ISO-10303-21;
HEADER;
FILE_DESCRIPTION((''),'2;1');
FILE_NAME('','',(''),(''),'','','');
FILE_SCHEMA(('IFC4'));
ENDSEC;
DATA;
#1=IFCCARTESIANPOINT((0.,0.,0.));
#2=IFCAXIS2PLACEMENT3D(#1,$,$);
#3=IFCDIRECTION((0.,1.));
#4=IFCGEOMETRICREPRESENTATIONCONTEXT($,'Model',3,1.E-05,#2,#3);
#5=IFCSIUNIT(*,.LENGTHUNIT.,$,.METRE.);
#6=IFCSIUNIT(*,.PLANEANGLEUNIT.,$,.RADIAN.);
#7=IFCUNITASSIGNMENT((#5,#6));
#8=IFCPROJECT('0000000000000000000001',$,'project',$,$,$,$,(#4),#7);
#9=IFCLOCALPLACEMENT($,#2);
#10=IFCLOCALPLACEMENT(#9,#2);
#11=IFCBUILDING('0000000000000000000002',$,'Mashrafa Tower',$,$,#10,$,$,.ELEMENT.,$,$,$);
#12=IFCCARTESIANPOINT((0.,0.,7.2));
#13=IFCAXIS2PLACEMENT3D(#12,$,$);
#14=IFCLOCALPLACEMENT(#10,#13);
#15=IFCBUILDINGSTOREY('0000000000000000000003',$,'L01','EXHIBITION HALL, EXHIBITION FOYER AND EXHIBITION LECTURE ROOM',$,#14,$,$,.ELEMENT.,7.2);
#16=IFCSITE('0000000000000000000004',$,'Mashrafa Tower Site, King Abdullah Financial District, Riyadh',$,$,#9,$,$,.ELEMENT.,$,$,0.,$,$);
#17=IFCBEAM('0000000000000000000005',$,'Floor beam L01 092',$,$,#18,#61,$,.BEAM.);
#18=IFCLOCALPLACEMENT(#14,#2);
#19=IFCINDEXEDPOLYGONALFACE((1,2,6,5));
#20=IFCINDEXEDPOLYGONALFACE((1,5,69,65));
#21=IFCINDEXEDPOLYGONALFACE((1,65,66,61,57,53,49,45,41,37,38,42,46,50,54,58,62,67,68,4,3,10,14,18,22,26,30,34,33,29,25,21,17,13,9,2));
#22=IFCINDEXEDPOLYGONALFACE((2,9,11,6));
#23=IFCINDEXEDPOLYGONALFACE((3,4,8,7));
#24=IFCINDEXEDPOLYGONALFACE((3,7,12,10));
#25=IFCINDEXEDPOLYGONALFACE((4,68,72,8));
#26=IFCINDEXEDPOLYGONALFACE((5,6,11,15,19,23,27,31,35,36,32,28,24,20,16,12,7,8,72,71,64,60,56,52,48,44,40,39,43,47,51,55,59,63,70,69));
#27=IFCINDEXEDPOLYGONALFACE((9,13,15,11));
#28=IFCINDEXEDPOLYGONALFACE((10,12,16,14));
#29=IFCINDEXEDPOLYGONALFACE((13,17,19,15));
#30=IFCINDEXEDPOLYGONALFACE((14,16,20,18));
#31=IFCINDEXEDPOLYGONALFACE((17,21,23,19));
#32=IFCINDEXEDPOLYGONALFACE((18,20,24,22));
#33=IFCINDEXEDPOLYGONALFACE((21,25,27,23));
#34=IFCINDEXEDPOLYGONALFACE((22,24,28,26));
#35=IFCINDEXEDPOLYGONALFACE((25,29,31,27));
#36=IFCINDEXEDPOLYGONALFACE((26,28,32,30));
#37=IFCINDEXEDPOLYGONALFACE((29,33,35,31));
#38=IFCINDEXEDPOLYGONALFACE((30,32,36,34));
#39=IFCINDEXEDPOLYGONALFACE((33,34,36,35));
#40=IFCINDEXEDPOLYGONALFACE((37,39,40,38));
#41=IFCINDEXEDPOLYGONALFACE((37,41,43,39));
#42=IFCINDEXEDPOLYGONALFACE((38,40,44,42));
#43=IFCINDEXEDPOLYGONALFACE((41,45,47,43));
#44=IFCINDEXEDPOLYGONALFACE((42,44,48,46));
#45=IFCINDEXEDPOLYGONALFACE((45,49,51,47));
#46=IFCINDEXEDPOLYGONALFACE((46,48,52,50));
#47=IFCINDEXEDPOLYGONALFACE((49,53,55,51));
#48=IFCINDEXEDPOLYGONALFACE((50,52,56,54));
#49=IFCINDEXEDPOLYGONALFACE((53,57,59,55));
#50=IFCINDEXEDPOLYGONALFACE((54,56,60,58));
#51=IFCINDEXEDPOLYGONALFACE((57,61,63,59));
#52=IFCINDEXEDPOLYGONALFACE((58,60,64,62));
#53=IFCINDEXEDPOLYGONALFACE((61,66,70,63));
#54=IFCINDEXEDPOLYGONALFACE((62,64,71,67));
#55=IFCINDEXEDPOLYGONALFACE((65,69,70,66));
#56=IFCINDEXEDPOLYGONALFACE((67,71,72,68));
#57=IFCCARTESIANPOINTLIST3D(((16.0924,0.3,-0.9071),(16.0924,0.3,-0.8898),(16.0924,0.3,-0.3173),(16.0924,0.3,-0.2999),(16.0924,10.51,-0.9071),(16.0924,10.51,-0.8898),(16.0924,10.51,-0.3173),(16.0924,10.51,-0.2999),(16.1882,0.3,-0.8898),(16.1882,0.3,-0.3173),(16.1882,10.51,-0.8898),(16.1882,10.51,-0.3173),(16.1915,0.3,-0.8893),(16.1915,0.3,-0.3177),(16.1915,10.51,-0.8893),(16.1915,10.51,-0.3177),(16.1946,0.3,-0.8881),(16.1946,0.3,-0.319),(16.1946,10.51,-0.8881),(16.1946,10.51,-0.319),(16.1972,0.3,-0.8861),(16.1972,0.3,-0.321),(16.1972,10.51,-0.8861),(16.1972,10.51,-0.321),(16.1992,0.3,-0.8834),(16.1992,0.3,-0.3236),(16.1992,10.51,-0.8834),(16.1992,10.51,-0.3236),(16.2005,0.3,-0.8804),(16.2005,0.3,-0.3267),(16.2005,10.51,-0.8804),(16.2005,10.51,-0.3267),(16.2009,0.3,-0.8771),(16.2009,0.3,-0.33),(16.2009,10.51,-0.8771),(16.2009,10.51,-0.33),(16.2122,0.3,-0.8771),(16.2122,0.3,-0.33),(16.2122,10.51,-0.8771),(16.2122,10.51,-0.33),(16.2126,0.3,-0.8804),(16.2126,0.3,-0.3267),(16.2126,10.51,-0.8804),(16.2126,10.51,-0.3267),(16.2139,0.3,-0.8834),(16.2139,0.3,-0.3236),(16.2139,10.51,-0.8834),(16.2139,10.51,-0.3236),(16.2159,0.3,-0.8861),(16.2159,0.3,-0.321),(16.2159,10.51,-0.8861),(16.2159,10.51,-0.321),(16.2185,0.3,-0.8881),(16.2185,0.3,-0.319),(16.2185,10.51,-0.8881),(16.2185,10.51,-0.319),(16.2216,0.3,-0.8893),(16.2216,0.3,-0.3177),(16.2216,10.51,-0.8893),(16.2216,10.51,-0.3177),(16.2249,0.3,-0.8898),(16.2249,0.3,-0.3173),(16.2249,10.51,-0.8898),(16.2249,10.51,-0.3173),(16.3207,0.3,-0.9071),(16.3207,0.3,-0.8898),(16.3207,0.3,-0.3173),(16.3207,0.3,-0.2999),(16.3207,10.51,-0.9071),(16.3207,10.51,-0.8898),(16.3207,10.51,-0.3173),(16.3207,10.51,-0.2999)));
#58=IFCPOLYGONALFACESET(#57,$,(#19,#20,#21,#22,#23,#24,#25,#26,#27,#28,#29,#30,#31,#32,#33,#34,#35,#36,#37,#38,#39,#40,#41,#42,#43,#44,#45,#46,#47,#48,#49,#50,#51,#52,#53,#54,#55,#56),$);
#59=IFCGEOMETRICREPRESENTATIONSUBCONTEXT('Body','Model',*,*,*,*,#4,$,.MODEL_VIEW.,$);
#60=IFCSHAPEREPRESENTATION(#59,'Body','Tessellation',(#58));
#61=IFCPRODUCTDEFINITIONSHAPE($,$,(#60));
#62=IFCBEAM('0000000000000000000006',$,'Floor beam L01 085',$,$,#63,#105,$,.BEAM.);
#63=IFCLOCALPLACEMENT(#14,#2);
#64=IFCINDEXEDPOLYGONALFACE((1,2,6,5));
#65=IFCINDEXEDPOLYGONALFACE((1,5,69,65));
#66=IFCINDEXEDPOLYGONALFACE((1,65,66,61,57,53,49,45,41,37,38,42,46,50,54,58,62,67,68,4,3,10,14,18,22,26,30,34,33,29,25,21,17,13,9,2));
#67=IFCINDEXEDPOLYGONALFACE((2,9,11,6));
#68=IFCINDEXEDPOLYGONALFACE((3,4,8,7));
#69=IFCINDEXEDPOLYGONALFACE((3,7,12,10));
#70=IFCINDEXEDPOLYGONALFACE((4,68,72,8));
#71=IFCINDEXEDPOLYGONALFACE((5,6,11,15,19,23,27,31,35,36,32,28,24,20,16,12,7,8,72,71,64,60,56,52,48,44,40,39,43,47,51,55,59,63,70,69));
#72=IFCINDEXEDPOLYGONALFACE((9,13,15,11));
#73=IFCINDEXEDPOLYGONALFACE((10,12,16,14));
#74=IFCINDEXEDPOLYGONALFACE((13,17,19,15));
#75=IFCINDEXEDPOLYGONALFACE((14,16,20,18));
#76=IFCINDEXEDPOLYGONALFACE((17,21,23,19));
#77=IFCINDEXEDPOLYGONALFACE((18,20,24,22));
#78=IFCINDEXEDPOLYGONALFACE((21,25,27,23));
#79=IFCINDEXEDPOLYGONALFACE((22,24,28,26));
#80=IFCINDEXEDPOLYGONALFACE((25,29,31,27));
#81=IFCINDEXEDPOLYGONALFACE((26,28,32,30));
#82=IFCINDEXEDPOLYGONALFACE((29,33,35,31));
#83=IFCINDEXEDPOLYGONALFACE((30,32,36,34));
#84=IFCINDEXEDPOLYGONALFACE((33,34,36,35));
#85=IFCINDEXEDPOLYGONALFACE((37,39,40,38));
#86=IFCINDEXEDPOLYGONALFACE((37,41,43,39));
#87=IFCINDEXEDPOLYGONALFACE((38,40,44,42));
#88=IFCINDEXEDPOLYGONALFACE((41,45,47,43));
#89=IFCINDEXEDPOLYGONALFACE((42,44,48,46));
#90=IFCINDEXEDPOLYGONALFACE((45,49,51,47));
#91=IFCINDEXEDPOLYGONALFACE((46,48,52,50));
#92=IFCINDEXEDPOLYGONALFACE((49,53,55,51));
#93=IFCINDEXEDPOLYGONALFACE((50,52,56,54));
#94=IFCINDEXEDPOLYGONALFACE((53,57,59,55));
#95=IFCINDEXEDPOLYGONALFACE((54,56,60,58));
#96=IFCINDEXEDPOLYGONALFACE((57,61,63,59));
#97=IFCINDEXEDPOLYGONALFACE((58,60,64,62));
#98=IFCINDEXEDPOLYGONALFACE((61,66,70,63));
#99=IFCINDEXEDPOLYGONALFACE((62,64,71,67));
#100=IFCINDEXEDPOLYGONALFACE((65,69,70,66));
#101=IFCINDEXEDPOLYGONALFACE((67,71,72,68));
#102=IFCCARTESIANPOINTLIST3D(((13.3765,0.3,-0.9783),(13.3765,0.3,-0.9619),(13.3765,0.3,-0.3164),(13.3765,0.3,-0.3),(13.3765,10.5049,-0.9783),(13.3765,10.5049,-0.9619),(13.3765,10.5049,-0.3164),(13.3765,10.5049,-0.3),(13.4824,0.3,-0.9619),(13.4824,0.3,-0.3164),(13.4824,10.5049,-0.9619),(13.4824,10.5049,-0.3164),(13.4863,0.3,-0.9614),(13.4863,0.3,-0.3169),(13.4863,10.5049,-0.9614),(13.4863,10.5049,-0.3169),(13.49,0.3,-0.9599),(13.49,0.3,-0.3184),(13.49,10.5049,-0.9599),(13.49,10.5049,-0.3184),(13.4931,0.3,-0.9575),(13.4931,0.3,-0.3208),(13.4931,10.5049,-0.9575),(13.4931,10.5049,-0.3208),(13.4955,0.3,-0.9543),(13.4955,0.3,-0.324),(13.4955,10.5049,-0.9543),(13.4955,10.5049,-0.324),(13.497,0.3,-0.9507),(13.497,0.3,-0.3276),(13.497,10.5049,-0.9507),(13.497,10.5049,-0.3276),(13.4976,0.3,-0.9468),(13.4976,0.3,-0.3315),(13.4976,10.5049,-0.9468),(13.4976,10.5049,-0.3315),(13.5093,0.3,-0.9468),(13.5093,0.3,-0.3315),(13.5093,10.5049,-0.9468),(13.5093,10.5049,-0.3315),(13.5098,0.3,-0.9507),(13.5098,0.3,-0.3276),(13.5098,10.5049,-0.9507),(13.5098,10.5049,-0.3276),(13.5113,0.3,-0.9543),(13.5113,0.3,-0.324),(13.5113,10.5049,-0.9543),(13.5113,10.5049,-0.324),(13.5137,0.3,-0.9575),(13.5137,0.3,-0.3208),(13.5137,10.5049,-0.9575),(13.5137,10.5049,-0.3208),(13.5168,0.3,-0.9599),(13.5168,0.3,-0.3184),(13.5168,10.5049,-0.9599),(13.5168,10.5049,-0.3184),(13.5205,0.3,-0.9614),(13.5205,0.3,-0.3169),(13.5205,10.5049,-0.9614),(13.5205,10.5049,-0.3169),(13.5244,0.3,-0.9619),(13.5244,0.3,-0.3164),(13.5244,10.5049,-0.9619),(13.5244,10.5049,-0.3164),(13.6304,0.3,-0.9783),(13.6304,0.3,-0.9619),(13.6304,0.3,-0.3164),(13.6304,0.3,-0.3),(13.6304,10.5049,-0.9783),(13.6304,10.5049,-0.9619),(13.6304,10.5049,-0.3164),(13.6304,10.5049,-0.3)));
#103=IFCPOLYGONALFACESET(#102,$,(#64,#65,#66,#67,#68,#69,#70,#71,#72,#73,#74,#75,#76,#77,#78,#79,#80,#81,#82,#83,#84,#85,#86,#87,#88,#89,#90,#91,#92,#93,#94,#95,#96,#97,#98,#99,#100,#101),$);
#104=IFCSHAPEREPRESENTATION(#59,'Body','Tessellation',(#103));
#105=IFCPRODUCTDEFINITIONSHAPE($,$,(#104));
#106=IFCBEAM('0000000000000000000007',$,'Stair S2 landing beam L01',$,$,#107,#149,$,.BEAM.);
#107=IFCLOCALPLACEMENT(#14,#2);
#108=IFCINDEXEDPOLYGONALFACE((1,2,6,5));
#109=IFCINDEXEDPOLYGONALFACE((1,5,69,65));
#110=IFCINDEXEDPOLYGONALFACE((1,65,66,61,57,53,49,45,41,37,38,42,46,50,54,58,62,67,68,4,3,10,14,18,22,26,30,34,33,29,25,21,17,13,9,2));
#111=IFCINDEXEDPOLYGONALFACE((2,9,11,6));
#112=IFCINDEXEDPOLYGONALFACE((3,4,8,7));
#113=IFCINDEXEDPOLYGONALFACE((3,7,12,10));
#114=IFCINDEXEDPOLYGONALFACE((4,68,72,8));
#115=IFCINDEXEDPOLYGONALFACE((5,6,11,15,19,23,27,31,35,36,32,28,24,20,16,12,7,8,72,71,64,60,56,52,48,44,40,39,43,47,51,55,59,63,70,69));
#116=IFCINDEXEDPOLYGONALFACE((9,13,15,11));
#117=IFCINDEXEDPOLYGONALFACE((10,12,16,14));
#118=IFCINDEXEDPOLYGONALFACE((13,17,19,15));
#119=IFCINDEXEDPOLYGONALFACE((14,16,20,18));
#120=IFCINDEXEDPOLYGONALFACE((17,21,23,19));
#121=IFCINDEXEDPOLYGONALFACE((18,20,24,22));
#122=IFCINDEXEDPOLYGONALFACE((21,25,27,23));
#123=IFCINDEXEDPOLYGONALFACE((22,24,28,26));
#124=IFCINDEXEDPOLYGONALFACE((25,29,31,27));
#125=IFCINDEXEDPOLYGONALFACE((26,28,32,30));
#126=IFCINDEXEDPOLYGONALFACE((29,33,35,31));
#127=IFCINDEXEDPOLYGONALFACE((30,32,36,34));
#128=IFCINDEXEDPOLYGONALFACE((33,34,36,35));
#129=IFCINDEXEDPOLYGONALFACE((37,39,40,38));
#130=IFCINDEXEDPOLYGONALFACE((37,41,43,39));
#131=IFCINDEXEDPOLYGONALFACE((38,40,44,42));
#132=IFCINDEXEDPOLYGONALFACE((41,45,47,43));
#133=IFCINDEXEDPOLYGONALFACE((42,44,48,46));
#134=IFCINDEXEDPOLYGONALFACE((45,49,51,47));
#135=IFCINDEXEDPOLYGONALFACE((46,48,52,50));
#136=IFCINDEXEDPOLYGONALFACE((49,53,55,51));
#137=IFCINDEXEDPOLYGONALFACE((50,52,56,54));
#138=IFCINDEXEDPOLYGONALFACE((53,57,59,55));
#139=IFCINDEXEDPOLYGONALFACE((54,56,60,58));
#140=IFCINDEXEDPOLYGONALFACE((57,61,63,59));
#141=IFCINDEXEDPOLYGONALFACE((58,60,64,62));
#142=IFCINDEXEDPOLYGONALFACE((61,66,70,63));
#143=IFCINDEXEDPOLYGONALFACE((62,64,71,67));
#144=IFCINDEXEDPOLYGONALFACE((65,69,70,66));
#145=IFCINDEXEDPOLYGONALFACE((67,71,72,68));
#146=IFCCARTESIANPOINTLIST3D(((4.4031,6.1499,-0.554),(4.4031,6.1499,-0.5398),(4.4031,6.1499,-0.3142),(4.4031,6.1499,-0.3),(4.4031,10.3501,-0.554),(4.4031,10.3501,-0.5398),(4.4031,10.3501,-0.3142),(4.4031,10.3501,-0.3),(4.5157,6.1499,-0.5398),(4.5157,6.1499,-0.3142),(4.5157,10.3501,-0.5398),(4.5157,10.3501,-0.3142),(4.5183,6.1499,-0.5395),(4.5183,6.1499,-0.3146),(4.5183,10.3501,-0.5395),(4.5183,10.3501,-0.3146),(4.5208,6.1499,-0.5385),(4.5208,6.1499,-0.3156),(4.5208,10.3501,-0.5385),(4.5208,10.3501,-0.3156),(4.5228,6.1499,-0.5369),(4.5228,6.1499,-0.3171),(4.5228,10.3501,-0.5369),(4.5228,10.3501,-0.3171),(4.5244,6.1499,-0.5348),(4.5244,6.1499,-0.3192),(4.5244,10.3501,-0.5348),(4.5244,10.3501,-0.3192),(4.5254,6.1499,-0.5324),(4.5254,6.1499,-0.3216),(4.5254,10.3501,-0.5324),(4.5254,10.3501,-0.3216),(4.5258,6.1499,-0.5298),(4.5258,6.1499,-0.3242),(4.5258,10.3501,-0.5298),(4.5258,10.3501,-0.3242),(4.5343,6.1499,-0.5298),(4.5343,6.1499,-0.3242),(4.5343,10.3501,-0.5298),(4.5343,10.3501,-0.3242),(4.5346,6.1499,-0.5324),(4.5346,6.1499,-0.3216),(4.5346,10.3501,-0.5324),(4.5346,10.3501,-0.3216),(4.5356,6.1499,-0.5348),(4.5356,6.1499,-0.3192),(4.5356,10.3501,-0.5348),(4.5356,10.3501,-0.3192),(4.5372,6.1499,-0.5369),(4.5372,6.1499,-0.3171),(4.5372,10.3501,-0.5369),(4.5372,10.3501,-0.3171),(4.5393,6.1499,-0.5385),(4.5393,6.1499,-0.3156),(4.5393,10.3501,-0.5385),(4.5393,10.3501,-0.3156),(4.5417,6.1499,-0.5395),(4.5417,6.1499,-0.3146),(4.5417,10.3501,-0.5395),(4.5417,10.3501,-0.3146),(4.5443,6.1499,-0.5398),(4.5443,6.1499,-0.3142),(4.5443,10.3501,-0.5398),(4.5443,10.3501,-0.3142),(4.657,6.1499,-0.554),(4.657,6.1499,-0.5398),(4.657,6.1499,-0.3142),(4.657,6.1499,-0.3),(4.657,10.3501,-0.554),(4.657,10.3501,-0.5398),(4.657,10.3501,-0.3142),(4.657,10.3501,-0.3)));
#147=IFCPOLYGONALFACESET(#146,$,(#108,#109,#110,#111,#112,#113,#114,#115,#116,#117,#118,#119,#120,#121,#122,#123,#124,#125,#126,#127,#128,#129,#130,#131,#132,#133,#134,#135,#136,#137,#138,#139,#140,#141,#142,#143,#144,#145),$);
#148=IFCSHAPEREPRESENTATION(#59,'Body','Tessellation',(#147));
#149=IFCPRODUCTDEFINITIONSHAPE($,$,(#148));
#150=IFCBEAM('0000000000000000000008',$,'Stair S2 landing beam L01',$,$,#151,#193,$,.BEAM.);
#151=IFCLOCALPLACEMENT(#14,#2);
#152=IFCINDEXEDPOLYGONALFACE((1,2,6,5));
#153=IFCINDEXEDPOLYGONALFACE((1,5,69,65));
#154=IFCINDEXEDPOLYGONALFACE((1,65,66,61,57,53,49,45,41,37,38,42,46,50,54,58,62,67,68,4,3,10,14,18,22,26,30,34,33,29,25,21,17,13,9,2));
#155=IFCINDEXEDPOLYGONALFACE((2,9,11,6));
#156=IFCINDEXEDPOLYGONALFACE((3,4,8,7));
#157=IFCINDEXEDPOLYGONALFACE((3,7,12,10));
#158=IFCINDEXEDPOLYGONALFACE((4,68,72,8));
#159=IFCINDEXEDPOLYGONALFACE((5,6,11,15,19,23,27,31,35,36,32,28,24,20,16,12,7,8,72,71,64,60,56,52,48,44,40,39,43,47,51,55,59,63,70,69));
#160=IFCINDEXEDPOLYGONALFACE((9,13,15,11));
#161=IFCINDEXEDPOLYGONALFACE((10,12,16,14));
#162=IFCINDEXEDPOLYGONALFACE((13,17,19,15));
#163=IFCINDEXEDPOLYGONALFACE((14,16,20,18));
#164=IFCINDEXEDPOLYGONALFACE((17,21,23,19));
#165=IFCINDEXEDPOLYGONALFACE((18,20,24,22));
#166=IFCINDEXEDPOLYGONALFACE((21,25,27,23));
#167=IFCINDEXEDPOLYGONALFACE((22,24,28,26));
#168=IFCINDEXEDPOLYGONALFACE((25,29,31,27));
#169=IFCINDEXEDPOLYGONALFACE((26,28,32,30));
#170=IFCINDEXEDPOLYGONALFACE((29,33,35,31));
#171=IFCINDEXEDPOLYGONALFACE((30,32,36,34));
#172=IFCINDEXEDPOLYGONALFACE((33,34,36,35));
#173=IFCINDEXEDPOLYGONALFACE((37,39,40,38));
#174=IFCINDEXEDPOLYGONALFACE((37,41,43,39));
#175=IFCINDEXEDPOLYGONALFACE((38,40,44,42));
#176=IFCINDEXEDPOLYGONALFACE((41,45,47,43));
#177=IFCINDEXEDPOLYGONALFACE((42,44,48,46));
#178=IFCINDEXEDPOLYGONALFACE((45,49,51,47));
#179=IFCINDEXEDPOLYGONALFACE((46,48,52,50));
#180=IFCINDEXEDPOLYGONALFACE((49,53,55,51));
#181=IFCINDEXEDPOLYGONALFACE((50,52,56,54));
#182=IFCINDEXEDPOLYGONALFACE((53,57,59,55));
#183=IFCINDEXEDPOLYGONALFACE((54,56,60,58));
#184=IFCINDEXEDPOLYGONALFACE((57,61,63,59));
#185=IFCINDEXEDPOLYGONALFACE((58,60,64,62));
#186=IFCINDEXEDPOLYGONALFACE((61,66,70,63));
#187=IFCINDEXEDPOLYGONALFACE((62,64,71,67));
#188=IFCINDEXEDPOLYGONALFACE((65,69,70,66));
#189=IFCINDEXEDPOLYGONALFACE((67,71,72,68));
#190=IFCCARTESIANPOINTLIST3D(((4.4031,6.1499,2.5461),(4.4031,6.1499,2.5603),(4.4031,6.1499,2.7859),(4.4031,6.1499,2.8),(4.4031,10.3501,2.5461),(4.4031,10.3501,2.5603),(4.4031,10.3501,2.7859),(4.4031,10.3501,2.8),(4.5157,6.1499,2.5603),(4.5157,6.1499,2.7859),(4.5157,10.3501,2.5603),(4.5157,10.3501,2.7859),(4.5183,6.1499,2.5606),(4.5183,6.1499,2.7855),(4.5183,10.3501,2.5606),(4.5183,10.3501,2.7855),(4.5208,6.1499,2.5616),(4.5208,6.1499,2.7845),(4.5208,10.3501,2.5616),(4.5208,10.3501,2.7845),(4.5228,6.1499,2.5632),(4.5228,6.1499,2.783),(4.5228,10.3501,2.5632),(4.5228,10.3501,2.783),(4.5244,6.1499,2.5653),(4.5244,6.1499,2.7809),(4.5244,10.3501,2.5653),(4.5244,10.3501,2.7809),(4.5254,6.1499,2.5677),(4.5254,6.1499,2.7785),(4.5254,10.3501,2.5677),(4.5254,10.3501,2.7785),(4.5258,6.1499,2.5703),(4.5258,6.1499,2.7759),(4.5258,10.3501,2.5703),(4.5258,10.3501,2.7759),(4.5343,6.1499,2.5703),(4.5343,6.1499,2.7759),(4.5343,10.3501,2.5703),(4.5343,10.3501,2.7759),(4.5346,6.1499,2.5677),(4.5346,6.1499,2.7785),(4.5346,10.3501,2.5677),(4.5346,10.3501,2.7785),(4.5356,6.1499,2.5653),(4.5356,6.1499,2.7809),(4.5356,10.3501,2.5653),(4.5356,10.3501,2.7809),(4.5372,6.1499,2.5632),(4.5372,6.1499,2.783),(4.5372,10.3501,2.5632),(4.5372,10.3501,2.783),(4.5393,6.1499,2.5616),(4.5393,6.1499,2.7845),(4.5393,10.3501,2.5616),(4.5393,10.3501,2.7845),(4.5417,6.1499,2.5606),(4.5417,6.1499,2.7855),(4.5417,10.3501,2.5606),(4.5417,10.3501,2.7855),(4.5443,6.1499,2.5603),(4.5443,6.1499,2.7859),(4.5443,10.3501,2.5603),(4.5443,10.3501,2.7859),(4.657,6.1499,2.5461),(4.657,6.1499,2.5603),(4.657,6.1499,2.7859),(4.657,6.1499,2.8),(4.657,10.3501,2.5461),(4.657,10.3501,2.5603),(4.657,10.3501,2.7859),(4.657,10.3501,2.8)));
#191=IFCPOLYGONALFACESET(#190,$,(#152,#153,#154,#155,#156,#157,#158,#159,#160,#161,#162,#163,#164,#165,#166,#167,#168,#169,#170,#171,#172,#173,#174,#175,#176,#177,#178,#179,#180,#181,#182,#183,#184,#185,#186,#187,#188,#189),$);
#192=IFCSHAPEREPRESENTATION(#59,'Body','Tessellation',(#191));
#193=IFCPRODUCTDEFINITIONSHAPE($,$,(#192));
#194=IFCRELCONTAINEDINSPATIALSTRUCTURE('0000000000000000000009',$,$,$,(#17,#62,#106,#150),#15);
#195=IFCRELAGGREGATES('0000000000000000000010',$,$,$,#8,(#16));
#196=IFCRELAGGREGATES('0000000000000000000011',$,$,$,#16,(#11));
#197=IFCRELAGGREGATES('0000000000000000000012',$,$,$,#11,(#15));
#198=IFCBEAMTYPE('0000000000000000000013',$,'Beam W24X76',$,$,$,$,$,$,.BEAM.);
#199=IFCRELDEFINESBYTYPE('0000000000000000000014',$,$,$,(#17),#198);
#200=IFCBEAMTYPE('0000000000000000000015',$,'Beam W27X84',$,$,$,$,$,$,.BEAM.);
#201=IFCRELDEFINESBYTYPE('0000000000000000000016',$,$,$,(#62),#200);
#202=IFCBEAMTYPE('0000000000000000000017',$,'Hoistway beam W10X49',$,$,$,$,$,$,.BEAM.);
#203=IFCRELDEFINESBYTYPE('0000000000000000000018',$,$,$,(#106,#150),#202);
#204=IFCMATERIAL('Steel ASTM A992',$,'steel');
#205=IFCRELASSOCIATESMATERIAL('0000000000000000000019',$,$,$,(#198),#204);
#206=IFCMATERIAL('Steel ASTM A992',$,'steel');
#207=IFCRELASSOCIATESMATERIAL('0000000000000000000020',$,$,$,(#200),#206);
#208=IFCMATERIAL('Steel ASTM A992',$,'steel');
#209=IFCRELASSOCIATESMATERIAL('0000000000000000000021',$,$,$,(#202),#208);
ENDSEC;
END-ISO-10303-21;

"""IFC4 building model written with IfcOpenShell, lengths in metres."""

from ifc_helpers import new_model, si_unit, direction, frame, origin, origin_2d, place, context, subcontext, project, spatial, i_section, extrude, material, material_profile, profile_set, type_object, element, save


model = new_model("IFC4")

# Units and contexts
model_context = context("Model", 3, precision=1e-05, world=origin(), true_north=direction((0.0, 1.0)))
body_context = subcontext(model_context, "Body", "Model", "MODEL_VIEW")
ifc_project = project(units=[si_unit("LENGTHUNIT", "METRE"), si_unit("PLANEANGLEUNIT", "RADIAN")], contexts=[model_context])

# Site, building, storey
site_placement = place(None, origin())
site = spatial("IfcSite", under=ifc_project, at=site_placement, Name="Mashrafa Tower Site, King Abdullah Financial District, Riyadh", CompositionType="ELEMENT", RefElevation=0.0)
building_placement = place(site_placement, origin())
building = spatial("IfcBuilding", under=site, at=building_placement, Name="Mashrafa Tower", CompositionType="ELEMENT")
storey_placement = place(building_placement, frame((0.0, 0.0, 7.2)))
storey = spatial("IfcBuildingStorey", under=building, at=storey_placement, Name="L01", Description="EXHIBITION HALL, EXHIBITION FOYER AND EXHIBITION LECTURE ROOM", CompositionType="ELEMENT", Elevation=7.2)

# Beams
ifc_material_1 = material(Name="Steel ASTM A992", Category="steel")
ifc_material_profile_1 = material_profile(ifc_material_1, i_section(OverallWidth=0.2283, OverallDepth=0.6072, WebThickness=0.0112, FlangeThickness=0.0173, FilletRadius=0.0127, at=origin_2d()), Name="W24X76")
ifc_profile_set_1 = profile_set([ifc_material_profile_1], Name="Steel ASTM A992")
beam_type_1 = type_object("IfcBeamType", Name="Beam W24X76", PredefinedType="BEAM", material=ifc_profile_set_1)
beam_1_placement = place(storey_placement, frame((16.2065, 10.51, -0.6035), z_axis=(0.0, -1.0, 0.0), x_axis=(1.0, 0.0, 0.0)))
element("IfcBeam", 1, at=beam_1_placement, inside=storey, type_object=beam_type_1, Name="Floor beam L01 092", PredefinedType="BEAM", context=body_context, shape_type="SweptSolid", body=[
    extrude(i_section(OverallWidth=0.2283, OverallDepth=0.6072, WebThickness=0.0112, FlangeThickness=0.0173, FilletRadius=0.0127, at=origin_2d()), origin(), (0.0, 0.0, 1.0), 10.21),
])
ifc_material_2 = material(Name="Steel ASTM A992", Category="steel")
ifc_material_profile_2 = material_profile(ifc_material_2, i_section(OverallWidth=0.2539, OverallDepth=0.6782, WebThickness=0.0117, FlangeThickness=0.0164, FilletRadius=0.0151, at=origin_2d()), Name="W27X84")
ifc_profile_set_2 = profile_set([ifc_material_profile_2], Name="Steel ASTM A992")
beam_type_2 = type_object("IfcBeamType", Name="Beam W27X84", PredefinedType="BEAM", material=ifc_profile_set_2)
beam_2_placement = place(storey_placement, frame((13.5034, 10.5049, -0.6392), z_axis=(0.0, -1.0, 0.0), x_axis=(1.0, 0.0, 0.0)))
element("IfcBeam", 2, at=beam_2_placement, inside=storey, type_object=beam_type_2, Name="Floor beam L01 085", PredefinedType="BEAM", context=body_context, shape_type="SweptSolid", body=[
    extrude(i_section(OverallWidth=0.2539, OverallDepth=0.6782, WebThickness=0.0117, FlangeThickness=0.0164, FilletRadius=0.0151, at=origin_2d()), origin(), (0.0, 0.0, 1.0), 10.2048),
])
ifc_material_3 = material(Name="Steel ASTM A992", Category="steel")
ifc_material_profile_3 = material_profile(ifc_material_3, i_section(OverallWidth=0.2539, OverallDepth=0.2539, WebThickness=0.0085, FlangeThickness=0.0142, FilletRadius=0.01, at=origin_2d()), Name="W10X49")
ifc_profile_set_3 = profile_set([ifc_material_profile_3], Name="Steel ASTM A992")
beam_type_3 = type_object("IfcBeamType", Name="Hoistway beam W10X49", PredefinedType="BEAM", material=ifc_profile_set_3)
for number, where, z_axis, x_axis, name in (
    (3, (4.53, 6.1499, -0.427), (0.0, 1.0, 0.0), (-1.0, 0.0, 0.0), "Stair S2 landing beam L01"),
    (4, (4.53, 6.1499, 2.6731), (0.0, 1.0, 0.0), (-1.0, 0.0, 0.0), "Stair S2 landing beam L01"),
):
    element("IfcBeam", number, at=place(storey_placement, frame(where, z_axis=z_axis, x_axis=x_axis)), inside=storey, type_object=beam_type_3, Name=name, PredefinedType="BEAM", context=body_context, shape_type="SweptSolid", body=[
        extrude(i_section(OverallWidth=0.2539, OverallDepth=0.2539, WebThickness=0.0085, FlangeThickness=0.0142, FilletRadius=0.01, at=origin_2d()), origin(), (0.0, 0.0, 1.0), 4.2002),
    ])

save(model, "model.ifc")
